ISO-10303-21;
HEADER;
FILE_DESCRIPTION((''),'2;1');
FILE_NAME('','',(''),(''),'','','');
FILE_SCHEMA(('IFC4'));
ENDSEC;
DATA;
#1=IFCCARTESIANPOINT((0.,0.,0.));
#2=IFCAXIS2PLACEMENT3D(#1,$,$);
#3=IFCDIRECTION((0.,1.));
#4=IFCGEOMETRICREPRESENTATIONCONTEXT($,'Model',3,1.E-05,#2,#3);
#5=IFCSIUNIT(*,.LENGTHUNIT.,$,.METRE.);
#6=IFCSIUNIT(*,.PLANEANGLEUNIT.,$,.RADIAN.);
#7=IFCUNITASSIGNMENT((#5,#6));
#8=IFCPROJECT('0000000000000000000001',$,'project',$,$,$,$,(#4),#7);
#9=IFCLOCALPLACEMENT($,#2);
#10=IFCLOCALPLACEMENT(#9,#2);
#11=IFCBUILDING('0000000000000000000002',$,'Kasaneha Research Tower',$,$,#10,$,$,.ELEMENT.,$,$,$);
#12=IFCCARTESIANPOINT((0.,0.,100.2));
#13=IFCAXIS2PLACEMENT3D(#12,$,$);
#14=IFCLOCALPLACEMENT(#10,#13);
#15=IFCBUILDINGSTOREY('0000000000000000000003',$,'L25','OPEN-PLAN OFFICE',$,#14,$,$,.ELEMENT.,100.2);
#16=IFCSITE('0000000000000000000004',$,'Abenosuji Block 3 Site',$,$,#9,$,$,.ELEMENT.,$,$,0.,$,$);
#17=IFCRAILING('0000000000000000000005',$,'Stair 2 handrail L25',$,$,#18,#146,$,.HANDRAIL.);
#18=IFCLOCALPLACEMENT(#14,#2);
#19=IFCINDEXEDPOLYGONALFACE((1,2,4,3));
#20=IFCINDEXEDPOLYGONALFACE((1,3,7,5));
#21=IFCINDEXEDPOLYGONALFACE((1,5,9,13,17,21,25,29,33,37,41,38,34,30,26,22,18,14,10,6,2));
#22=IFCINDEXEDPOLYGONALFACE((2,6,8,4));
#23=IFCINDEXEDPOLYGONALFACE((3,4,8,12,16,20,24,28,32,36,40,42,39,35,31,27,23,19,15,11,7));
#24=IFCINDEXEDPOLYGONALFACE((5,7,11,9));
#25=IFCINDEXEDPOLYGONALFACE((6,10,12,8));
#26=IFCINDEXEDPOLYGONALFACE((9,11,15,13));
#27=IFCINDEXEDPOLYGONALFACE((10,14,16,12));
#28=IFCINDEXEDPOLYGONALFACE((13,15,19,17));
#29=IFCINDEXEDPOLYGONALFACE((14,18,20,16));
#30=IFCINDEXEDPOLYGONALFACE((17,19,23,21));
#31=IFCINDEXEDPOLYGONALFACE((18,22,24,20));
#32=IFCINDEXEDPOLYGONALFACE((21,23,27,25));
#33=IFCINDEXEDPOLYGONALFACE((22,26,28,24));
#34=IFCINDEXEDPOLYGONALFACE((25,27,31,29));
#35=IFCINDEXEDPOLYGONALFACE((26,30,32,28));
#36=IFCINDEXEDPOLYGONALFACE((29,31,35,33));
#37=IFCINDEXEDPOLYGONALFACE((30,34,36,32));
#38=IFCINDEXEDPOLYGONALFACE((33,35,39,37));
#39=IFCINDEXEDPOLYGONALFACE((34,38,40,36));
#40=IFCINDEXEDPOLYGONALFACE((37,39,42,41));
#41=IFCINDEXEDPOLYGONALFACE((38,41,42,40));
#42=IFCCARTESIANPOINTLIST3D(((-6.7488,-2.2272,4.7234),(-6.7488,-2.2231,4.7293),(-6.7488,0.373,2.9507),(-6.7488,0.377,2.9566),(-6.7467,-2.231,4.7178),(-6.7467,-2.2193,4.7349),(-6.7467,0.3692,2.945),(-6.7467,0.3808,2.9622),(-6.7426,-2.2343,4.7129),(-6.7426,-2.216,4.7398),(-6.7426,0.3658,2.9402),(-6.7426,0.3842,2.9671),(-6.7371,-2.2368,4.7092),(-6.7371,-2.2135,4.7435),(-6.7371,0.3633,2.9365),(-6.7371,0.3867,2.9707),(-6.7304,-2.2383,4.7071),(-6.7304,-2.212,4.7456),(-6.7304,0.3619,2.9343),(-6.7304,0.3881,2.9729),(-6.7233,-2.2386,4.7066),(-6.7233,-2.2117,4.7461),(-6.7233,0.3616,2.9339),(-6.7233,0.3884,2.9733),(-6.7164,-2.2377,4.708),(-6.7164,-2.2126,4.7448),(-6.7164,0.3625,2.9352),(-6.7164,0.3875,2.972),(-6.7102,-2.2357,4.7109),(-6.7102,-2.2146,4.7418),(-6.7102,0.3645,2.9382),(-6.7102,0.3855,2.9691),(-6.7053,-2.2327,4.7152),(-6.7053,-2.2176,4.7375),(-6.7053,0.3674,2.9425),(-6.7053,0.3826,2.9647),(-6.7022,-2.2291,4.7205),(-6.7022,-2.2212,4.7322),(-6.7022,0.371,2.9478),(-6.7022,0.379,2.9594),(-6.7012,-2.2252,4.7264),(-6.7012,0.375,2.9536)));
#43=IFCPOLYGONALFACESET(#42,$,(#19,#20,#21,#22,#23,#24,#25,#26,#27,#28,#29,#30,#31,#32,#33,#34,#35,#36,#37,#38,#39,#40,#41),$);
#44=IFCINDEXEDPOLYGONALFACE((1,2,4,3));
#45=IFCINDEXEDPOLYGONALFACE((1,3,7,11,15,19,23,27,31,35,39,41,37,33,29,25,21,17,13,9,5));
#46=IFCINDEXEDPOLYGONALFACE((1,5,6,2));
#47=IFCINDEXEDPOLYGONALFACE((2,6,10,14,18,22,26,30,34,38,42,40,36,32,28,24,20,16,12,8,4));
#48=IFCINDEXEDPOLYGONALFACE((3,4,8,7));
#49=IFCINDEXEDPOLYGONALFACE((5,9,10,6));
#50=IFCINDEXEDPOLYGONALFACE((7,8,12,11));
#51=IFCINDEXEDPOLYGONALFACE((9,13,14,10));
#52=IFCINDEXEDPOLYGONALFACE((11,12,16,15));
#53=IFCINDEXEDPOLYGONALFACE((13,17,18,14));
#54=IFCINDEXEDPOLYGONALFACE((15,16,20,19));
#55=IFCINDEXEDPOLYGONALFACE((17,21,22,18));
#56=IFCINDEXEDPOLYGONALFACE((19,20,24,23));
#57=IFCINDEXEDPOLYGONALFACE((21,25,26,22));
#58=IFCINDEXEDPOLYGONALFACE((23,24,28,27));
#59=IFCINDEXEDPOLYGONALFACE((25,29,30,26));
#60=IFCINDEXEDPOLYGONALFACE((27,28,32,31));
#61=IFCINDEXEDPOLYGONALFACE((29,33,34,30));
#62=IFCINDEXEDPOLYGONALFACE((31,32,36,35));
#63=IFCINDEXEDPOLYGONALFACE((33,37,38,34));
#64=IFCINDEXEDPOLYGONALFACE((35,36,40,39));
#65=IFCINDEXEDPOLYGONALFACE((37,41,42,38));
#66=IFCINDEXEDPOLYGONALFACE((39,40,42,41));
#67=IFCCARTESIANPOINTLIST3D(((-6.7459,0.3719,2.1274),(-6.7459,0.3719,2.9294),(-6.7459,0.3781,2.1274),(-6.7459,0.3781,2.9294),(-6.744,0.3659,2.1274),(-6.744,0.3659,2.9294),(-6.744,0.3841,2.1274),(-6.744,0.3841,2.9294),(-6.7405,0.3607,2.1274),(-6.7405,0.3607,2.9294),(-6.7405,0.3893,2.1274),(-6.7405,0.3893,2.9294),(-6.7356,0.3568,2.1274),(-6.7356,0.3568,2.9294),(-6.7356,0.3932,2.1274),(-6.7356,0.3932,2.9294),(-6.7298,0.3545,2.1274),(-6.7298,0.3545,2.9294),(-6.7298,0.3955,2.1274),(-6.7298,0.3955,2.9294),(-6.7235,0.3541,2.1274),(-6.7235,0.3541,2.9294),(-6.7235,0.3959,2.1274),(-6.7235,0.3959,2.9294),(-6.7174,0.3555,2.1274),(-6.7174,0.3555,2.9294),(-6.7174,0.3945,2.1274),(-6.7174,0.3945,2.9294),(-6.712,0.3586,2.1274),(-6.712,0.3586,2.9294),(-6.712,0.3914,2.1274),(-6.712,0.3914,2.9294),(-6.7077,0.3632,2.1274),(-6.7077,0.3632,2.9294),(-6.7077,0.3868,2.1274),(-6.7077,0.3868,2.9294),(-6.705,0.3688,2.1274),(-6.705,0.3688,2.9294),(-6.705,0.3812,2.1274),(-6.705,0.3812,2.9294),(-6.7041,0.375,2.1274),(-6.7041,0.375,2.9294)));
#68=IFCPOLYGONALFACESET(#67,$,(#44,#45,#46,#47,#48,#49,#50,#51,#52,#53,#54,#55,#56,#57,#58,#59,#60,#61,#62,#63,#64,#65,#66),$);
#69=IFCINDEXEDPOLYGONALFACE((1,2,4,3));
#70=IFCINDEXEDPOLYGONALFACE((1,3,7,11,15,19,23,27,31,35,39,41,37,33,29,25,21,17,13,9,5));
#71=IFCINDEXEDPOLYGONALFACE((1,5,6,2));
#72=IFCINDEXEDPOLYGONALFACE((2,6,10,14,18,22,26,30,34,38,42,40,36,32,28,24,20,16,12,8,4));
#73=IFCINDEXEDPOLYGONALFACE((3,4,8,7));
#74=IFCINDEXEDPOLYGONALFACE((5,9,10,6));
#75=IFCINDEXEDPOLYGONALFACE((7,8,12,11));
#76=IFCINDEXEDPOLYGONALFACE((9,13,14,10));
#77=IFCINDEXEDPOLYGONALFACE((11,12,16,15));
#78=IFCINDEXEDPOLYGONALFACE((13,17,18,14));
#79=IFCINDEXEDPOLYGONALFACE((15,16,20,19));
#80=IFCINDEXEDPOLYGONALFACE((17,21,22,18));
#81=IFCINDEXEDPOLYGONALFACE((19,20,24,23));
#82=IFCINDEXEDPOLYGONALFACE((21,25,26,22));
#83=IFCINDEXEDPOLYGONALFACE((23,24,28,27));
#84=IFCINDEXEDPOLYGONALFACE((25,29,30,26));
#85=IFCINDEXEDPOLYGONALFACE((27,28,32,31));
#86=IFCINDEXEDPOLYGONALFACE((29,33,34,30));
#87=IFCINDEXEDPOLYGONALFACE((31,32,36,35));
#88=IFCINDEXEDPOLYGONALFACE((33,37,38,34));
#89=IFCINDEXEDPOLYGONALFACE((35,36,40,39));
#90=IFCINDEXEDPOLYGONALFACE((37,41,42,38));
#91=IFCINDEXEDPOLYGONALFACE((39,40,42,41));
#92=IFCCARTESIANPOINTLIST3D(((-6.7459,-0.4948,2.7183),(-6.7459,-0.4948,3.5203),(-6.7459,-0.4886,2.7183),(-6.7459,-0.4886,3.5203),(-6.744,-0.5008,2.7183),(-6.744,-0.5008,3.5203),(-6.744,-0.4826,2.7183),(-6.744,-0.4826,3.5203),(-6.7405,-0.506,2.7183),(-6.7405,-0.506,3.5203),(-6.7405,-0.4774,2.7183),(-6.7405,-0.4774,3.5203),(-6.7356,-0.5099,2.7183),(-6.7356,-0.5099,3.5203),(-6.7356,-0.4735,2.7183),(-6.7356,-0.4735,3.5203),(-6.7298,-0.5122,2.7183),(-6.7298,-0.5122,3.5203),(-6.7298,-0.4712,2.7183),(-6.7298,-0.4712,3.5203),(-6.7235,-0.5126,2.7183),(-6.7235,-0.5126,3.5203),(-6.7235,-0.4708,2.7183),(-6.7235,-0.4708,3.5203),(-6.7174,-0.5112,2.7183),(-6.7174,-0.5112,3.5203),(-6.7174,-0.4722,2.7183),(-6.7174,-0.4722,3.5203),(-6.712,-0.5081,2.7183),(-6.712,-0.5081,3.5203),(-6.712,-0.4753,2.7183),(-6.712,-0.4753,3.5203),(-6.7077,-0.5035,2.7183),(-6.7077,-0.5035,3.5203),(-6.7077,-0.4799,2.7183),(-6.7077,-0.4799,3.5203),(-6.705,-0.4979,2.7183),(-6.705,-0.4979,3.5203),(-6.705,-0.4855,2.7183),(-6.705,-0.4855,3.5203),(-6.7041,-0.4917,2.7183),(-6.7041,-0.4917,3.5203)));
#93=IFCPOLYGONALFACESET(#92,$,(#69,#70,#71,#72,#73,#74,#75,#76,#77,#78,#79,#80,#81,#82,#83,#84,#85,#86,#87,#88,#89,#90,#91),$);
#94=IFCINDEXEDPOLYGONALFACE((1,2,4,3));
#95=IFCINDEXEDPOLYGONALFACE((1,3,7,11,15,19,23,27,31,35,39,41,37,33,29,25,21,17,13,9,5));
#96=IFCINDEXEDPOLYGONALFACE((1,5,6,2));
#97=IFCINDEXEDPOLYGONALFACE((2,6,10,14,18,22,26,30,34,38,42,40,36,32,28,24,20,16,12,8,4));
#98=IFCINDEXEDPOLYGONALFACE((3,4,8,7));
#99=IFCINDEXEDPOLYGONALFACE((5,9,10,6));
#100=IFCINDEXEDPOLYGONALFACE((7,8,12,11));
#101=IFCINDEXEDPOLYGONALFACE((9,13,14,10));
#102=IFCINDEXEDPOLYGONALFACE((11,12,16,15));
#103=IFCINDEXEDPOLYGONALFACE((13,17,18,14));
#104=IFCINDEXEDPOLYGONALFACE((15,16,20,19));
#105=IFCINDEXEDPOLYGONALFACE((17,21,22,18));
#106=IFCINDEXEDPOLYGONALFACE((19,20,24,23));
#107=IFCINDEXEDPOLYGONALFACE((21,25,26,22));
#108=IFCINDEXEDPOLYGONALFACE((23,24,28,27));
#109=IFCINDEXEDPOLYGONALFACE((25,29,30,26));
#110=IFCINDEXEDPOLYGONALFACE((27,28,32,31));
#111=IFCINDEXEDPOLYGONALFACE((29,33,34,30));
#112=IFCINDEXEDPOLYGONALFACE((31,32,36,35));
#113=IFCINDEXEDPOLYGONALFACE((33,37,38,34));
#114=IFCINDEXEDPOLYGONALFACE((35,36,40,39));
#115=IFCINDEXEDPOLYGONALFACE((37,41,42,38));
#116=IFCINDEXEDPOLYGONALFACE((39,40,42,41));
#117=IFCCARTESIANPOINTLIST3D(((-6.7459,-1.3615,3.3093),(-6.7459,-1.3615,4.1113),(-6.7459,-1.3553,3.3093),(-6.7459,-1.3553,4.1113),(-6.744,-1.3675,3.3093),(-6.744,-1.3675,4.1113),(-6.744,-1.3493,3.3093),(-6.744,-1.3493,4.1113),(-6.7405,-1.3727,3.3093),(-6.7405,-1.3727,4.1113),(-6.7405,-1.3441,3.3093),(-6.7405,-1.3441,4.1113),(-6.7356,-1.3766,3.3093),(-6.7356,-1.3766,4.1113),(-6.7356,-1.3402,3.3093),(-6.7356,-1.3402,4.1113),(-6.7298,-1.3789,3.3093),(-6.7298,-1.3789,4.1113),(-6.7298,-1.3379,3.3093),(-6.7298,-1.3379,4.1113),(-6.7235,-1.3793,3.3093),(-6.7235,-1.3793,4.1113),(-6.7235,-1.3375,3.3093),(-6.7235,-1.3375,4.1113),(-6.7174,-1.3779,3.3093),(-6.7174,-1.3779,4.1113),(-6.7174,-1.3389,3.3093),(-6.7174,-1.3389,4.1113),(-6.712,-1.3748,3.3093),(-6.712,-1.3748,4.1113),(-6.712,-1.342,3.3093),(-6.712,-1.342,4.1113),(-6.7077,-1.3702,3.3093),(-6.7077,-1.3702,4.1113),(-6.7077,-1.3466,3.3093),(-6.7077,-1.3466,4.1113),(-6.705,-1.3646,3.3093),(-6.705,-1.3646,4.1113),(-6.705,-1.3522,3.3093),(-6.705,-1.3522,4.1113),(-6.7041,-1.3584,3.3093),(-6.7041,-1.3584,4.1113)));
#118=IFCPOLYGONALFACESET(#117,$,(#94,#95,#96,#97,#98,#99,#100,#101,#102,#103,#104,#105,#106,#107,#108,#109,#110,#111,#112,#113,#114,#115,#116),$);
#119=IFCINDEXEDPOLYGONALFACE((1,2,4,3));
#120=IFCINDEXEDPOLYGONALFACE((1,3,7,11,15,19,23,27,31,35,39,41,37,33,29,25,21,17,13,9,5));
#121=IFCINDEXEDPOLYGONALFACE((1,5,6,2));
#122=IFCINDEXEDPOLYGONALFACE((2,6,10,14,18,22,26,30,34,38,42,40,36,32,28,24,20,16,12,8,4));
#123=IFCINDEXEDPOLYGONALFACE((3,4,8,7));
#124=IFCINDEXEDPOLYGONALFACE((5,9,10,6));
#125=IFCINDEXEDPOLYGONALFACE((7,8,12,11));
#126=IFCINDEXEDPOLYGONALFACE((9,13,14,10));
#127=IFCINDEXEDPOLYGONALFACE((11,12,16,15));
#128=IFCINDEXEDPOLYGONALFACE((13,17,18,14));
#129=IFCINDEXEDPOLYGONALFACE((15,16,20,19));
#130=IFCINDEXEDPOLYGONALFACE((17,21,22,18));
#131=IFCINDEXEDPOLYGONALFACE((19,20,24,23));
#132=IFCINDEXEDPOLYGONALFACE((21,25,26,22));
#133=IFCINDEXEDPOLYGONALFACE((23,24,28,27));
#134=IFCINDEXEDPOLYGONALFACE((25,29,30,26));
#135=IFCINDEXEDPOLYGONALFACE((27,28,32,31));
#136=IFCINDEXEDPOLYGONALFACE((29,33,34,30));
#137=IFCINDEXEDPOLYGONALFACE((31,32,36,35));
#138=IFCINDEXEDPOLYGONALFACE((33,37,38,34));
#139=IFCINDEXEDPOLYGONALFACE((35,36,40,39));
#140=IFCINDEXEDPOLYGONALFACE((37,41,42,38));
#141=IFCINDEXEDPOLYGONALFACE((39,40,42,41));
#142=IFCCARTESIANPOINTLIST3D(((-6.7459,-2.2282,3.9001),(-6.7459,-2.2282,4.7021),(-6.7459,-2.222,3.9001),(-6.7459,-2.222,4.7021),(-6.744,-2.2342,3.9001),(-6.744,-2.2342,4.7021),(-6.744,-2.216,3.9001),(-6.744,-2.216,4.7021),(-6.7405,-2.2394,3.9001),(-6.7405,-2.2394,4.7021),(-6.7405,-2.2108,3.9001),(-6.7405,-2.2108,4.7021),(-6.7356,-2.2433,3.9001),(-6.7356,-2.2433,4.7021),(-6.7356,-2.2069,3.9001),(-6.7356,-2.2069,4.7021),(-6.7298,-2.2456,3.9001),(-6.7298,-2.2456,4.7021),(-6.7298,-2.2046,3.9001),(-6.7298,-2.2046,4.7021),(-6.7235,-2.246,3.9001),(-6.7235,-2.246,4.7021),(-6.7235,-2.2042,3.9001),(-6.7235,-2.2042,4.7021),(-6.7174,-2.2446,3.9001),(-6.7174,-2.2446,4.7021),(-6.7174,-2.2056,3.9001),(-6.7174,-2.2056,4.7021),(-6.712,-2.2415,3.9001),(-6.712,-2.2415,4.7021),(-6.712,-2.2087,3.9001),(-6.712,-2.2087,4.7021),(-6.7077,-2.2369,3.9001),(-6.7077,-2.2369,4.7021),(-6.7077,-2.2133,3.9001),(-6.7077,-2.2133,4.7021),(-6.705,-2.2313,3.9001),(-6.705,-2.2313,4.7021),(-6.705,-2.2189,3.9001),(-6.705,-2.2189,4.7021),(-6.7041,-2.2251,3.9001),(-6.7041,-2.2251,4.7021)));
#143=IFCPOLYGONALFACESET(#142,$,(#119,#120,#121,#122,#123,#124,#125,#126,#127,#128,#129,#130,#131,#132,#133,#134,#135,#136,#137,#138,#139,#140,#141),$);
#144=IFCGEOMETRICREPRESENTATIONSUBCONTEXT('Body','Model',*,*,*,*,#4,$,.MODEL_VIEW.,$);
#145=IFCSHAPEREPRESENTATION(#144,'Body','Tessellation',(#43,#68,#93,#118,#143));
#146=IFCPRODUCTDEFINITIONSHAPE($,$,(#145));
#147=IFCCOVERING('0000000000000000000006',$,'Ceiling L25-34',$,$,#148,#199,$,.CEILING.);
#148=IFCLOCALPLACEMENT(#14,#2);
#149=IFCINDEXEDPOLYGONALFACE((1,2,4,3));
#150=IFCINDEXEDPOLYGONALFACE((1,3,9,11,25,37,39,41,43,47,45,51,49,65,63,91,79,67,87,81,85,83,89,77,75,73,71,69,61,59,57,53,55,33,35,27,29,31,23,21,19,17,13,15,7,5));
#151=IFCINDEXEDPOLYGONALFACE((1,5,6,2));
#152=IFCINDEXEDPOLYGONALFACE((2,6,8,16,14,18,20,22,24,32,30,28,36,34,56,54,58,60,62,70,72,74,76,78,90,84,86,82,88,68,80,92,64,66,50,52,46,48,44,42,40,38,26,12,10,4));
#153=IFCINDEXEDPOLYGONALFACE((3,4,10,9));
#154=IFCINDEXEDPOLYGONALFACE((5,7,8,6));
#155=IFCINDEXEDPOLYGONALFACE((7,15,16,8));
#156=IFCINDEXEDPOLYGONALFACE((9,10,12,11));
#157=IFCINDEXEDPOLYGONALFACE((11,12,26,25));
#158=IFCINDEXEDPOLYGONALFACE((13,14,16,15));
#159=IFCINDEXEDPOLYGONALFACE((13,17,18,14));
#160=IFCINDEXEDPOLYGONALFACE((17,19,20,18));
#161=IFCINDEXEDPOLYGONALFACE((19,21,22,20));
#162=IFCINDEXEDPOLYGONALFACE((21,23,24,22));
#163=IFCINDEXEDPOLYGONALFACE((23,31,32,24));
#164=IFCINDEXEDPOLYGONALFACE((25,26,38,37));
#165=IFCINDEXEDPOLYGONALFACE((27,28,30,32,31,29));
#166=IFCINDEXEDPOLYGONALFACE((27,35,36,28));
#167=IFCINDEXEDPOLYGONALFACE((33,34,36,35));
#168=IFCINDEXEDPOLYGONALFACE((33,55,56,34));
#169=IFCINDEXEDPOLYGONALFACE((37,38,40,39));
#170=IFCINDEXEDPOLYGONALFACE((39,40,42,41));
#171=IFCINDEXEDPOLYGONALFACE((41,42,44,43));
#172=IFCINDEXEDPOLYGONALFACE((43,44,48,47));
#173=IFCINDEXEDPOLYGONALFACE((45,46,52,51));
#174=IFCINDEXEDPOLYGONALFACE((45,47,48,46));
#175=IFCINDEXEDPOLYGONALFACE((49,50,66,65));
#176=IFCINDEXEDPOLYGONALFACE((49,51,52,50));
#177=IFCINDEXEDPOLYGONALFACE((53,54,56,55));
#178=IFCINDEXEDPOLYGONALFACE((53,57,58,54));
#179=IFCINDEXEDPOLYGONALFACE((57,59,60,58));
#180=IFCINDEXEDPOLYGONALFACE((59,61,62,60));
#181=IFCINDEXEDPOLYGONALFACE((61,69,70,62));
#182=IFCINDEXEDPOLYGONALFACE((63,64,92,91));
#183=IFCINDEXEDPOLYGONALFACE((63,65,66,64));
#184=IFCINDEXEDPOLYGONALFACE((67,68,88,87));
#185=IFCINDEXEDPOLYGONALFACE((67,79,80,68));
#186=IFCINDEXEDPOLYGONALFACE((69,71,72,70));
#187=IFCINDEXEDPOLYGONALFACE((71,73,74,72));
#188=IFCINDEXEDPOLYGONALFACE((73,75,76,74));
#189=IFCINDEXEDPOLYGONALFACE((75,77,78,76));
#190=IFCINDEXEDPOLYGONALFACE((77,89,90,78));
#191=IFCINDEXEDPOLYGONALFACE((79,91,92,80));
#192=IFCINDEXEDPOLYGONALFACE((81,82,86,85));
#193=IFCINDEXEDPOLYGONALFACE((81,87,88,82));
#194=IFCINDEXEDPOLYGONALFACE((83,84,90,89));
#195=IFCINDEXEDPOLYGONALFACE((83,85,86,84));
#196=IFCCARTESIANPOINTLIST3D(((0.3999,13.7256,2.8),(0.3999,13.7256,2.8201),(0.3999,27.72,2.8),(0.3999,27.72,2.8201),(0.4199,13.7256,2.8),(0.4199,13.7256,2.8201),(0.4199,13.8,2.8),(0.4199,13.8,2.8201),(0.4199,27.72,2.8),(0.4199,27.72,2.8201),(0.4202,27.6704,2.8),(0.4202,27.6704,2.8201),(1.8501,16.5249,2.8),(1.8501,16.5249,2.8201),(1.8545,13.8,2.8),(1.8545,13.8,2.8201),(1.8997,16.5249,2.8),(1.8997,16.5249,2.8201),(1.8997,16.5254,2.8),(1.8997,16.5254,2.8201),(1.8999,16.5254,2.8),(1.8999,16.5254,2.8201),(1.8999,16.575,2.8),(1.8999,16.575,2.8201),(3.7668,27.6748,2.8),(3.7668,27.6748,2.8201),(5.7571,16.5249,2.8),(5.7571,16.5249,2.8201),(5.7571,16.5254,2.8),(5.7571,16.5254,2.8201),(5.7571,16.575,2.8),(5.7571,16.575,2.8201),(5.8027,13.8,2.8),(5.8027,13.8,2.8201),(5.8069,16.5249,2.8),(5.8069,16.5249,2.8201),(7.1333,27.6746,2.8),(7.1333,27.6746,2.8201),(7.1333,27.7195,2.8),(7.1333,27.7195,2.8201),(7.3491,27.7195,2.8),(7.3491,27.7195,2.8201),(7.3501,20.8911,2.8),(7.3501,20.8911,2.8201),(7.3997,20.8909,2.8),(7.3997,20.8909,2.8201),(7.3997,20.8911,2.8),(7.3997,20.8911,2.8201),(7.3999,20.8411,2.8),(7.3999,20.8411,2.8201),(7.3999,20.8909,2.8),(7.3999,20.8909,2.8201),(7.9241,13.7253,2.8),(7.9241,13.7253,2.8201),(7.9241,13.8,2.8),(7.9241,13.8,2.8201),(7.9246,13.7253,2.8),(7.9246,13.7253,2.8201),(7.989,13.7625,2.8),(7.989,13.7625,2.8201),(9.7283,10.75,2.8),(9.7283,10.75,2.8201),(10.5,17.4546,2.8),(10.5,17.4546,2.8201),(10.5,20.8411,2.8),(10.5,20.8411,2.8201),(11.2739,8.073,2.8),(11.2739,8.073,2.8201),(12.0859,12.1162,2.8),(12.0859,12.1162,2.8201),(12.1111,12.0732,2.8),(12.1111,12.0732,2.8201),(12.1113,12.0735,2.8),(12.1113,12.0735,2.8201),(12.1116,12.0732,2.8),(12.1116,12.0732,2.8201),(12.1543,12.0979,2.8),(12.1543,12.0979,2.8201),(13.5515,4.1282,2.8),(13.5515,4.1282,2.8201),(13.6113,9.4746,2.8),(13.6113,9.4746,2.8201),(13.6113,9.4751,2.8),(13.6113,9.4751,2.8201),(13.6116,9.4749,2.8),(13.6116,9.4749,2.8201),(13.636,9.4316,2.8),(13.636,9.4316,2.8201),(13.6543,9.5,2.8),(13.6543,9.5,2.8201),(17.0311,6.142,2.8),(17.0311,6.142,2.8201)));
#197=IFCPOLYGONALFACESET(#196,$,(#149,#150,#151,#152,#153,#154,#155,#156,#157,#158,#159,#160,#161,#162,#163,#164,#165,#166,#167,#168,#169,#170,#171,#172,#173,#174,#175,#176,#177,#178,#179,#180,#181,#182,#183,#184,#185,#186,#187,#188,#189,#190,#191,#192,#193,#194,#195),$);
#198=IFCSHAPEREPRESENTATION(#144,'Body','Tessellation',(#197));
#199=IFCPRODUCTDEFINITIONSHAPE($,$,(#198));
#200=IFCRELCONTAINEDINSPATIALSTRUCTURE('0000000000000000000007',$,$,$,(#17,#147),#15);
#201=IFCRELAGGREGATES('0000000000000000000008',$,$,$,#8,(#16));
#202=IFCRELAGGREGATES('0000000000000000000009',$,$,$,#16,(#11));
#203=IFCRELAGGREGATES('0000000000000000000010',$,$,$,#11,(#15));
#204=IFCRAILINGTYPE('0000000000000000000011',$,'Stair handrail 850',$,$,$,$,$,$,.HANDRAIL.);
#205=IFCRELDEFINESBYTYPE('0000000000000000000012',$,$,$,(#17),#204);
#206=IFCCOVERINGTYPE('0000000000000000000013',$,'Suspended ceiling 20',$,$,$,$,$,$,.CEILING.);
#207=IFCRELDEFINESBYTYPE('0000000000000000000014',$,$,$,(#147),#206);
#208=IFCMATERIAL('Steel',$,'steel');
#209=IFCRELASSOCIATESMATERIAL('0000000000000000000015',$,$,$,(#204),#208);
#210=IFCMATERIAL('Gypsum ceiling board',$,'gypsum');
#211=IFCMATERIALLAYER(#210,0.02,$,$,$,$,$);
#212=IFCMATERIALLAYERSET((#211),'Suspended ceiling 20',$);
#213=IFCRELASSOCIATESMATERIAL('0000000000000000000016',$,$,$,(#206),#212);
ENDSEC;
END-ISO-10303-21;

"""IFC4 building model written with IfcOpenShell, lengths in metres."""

from ifc_helpers import new_model, si_unit, direction, frame, origin, origin_2d, place, context, subcontext, project, spatial, polyline, circle, outline, extrude, material, layer, layer_set, type_object, element, save


model = new_model("IFC4")

# Units and contexts
model_context = context("Model", 3, precision=1e-05, world=origin(), true_north=direction((0.0, 1.0)))
body_context = subcontext(model_context, "Body", "Model", "MODEL_VIEW")
ifc_project = project(units=[si_unit("LENGTHUNIT", "METRE"), si_unit("PLANEANGLEUNIT", "RADIAN")], contexts=[model_context])

# Site, building, storey
site_placement = place(None, origin())
site = spatial("IfcSite", under=ifc_project, at=site_placement, Name="Abenosuji Block 3 Site", CompositionType="ELEMENT", RefElevation=0.0)
building_placement = place(site_placement, origin())
building = spatial("IfcBuilding", under=site, at=building_placement, Name="Kasaneha Research Tower", CompositionType="ELEMENT")
storey_placement = place(building_placement, frame((0.0, 0.0, 100.2)))
storey = spatial("IfcBuildingStorey", under=building, at=storey_placement, Name="L25", Description="OPEN-PLAN OFFICE", CompositionType="ELEMENT", Elevation=100.2)

# Railing
ifc_material_1 = material(Name="Steel", Category="steel")
railing_type = type_object("IfcRailingType", Name="Stair handrail 850", PredefinedType="HANDRAIL", material=ifc_material_1)
railing_placement = place(storey_placement, frame((-6.7251, 0.375, 2.1274)))
element("IfcRailing", 1, at=railing_placement, inside=storey, type_object=railing_type, Name="Stair 2 handrail L25", PredefinedType="HANDRAIL", context=body_context, shape_type="SweptSolid", body=[
    extrude(circle(Radius=0.0239, at=origin_2d()), frame((0.0, 0.0, 0.8262), z_axis=(0.0, -0.82624, 0.563318), x_axis=(1.0, 0.0, 0.0)), (0.0, 0.0, 1.0), 3.147),
    extrude(circle(Radius=0.021, at=origin_2d()), origin(), (0.0, 0.0, 1.0), 0.802),
    extrude(circle(Radius=0.021, at=origin_2d()), frame((0.0, -0.8667, 0.5908)), (0.0, 0.0, 1.0), 0.802),
    extrude(circle(Radius=0.021, at=origin_2d()), frame((0.0, -1.7334, 1.1819)), (0.0, 0.0, 1.0), 0.802),
    extrude(circle(Radius=0.021, at=origin_2d()), frame((0.0, -2.6001, 1.7727)), (0.0, 0.0, 1.0), 0.802),
])

# Covering
ifc_material_2 = material(Name="Gypsum ceiling board", Category="gypsum")
ifc_layer_1 = layer(ifc_material_2, 0.02)
ifc_layer_set_1 = layer_set([ifc_layer_1], Name="Suspended ceiling 20")
covering_type = type_object("IfcCoveringType", Name="Suspended ceiling 20", PredefinedType="CEILING", material=ifc_layer_set_1)
covering_1_placement = place(storey_placement, frame((0.0, 0.0, 2.8)))
element("IfcCovering", 2, at=covering_1_placement, inside=storey, type_object=covering_type, Name="Ceiling L25-34", PredefinedType="CEILING", context=body_context, shape_type="SweptSolid", body=[
    extrude(outline(polyline([(13.6116, 9.4749), (13.6113, 9.4751), (13.6543, 9.5), (12.1543, 12.0979), (12.1116, 12.0732), (12.1113, 12.0735), (12.1111, 12.0732), (12.0859, 12.1162), (9.7283, 10.75), (7.989, 13.7625), (7.9246, 13.7253), (7.9246, 13.7253), (7.9241, 13.7253), (7.9241, 13.8), (5.8027, 13.8), (5.8069, 16.5249), (5.7571, 16.5249), (5.7571, 16.5254), (5.7571, 16.5254), (5.7571, 16.575), (1.8999, 16.575), (1.8999, 16.5254), (1.8997, 16.5254), (1.8997, 16.5249), (1.8501, 16.5249), (1.8545, 13.8), (0.4199, 13.8), (0.4199, 13.7256), (0.3999, 13.7256), (0.3999, 27.72), (0.4199, 27.72), (0.4202, 27.6704), (3.7668, 27.6748), (7.1333, 27.6746), (7.1333, 27.7195), (7.3989, 27.7195), (7.3989, 27.7195), (7.3491, 27.7195), (7.3501, 20.8911), (7.3997, 20.8911), (7.3997, 20.8909), (7.3999, 20.8909), (7.3999, 20.8411), (10.5, 20.8411), (10.5, 17.4546), (17.0559, 6.0991), (17.0559, 6.0991), (17.0312, 6.1421), (13.5515, 4.1282), (11.2739, 8.073), (13.636, 9.4316), (13.6113, 9.4746), (13.6116, 9.4749)])), origin(), (0.0, 0.0, 1.0), 0.02),
])

save(model, "model.ifc")
